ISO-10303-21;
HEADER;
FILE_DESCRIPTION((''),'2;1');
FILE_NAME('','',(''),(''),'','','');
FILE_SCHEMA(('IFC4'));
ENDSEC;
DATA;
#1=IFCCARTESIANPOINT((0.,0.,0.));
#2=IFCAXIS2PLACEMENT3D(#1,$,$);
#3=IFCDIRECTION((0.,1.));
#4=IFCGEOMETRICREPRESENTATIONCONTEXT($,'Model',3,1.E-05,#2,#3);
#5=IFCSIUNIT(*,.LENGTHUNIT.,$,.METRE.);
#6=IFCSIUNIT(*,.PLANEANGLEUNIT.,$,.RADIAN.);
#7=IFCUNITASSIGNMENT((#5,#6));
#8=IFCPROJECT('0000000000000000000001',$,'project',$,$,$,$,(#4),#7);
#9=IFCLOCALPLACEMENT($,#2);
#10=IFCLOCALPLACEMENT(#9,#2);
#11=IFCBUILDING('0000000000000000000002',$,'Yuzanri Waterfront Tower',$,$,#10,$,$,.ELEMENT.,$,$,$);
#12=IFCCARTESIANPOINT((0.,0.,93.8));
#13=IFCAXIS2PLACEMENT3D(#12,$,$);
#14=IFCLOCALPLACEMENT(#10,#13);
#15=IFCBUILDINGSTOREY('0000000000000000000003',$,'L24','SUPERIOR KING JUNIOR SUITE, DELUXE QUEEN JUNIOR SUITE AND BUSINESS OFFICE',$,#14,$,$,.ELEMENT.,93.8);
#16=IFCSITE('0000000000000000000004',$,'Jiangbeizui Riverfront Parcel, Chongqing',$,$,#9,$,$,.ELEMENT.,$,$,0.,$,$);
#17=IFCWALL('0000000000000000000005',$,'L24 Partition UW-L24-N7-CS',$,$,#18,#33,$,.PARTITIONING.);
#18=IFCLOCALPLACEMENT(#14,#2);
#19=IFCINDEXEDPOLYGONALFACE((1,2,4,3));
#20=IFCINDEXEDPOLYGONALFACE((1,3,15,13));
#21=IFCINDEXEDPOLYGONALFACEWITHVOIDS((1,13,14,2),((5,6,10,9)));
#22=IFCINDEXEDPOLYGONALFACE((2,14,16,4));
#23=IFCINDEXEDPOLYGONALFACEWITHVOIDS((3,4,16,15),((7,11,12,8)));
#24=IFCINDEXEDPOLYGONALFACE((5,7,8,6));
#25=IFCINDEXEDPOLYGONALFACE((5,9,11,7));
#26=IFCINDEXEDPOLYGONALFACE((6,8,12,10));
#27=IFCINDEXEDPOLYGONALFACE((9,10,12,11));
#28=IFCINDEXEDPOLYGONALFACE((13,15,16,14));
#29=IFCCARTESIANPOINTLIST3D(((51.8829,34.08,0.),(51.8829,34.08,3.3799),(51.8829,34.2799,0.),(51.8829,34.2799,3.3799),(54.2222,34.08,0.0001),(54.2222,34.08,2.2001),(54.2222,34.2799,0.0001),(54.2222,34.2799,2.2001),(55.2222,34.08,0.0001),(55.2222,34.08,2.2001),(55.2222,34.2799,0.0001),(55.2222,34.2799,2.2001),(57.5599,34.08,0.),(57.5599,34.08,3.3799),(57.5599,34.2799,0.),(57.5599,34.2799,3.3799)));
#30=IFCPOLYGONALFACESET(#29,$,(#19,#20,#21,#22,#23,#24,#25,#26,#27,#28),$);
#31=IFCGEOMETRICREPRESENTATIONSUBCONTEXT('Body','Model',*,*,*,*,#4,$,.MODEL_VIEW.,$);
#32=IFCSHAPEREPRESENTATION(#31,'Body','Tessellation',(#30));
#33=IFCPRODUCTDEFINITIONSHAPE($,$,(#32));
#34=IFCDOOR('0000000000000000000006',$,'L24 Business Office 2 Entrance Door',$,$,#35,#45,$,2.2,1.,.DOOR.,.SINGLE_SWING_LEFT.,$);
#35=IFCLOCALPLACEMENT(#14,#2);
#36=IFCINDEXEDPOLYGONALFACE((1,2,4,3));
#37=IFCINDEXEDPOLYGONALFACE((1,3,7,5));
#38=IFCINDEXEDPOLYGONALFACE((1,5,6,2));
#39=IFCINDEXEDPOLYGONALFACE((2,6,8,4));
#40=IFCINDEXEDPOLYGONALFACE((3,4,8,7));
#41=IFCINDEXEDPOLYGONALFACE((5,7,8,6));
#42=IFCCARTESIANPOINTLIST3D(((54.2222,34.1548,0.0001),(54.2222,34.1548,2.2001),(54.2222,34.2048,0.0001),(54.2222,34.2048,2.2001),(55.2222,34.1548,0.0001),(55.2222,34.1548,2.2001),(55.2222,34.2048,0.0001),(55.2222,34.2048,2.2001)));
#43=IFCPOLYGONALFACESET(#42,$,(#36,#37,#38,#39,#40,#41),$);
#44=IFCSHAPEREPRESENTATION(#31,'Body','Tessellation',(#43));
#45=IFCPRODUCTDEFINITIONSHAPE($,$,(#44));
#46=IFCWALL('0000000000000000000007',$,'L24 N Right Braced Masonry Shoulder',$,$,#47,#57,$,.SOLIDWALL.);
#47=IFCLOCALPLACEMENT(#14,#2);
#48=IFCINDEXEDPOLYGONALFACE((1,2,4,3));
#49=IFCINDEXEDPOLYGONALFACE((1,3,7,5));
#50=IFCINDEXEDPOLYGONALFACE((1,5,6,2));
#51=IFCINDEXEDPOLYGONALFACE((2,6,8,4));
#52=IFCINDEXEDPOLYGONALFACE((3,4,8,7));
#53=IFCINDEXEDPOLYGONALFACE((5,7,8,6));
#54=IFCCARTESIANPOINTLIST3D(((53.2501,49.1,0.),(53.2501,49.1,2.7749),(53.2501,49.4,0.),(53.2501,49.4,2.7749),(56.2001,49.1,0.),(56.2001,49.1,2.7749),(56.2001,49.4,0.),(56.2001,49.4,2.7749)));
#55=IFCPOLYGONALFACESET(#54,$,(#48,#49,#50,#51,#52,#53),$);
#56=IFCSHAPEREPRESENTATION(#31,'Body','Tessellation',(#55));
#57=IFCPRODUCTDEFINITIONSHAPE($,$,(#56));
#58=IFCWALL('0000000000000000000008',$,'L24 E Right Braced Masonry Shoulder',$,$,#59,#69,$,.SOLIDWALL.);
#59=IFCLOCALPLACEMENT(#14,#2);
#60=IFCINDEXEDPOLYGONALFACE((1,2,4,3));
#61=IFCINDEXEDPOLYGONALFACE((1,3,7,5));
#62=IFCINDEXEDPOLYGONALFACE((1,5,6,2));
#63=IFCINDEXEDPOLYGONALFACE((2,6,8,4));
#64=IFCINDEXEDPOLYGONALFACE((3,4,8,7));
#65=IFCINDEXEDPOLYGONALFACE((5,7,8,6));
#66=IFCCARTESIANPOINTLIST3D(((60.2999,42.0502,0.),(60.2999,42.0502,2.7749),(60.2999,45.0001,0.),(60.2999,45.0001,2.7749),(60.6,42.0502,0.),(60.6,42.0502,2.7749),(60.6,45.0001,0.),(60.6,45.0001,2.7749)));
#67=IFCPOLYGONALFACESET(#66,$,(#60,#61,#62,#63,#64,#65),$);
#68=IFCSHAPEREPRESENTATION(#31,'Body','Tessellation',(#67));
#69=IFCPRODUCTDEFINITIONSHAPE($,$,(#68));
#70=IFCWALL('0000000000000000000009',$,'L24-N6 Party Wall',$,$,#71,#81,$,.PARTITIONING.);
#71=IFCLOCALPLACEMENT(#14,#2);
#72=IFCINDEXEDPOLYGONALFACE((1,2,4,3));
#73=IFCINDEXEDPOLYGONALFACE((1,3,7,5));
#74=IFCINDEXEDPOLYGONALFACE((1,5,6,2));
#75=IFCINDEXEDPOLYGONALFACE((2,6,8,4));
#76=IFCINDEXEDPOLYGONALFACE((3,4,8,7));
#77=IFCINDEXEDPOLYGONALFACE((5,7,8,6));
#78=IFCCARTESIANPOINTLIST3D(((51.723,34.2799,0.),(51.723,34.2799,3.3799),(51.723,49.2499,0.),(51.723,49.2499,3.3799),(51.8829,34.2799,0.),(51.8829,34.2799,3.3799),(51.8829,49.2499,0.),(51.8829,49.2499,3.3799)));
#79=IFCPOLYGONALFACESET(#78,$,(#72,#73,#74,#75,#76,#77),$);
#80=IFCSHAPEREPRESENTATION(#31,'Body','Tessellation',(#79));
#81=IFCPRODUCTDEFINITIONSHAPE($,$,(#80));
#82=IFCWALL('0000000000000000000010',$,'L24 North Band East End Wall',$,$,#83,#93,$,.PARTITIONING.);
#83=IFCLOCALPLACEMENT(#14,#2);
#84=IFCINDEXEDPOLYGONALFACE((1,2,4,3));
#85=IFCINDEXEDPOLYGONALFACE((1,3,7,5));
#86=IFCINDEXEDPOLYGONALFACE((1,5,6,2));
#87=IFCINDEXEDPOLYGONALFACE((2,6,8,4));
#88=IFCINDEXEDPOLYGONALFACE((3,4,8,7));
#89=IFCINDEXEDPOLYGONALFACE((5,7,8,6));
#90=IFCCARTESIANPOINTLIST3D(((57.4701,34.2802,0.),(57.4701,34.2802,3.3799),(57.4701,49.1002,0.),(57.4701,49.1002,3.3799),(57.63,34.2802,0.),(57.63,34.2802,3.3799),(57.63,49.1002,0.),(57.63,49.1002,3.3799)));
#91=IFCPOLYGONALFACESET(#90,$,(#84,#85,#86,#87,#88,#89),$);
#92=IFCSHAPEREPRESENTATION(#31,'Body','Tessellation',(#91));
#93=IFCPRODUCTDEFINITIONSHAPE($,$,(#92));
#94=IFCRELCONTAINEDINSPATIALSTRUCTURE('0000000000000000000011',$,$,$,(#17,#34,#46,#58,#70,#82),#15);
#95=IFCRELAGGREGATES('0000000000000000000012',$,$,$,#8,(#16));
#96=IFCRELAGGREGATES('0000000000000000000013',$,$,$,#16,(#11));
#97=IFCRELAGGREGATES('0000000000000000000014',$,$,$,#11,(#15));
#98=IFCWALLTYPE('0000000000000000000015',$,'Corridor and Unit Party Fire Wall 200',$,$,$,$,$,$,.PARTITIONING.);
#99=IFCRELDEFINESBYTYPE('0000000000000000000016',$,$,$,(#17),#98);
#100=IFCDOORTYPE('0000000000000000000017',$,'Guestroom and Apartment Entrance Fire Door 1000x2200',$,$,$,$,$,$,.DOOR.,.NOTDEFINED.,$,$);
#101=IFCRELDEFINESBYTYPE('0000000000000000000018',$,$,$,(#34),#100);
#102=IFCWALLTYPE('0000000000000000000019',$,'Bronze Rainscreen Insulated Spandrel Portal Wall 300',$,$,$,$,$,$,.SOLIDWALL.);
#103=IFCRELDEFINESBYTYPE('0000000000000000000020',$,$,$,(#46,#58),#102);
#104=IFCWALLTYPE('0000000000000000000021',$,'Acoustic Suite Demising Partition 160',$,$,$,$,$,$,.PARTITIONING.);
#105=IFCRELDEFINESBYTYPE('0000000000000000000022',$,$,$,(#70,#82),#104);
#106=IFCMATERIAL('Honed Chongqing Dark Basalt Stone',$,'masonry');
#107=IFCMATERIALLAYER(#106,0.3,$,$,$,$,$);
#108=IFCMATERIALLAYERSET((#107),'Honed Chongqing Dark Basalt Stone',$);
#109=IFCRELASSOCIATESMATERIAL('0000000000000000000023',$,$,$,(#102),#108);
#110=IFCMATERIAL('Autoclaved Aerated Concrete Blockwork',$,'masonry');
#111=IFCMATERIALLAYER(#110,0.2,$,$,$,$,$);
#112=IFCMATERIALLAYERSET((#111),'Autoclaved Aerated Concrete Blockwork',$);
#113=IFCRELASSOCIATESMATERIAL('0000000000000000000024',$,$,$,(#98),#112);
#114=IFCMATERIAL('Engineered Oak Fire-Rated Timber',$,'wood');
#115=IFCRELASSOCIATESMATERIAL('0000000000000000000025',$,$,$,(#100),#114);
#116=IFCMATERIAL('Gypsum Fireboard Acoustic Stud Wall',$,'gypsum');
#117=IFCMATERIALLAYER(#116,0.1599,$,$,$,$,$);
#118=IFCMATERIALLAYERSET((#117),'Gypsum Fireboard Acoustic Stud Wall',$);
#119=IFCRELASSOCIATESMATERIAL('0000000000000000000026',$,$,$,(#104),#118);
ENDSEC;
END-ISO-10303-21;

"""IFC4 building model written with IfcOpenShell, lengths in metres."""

from ifc_helpers import new_model, si_unit, direction, frame, frame_2d, origin, place, context, subcontext, project, spatial, rectangle, extrude, source, transform, mapped, material, layer, layer_set, type_object, element, fill, save


model = new_model("IFC4")

# Units and contexts
model_context = context("Model", 3, precision=1e-05, world=origin(), true_north=direction((0.0, 1.0)))
body_context = subcontext(model_context, "Body", "Model", "MODEL_VIEW")
ifc_project = project(units=[si_unit("LENGTHUNIT", "METRE"), si_unit("PLANEANGLEUNIT", "RADIAN")], contexts=[model_context])

# Site, building, storey
site_placement = place(None, origin())
site = spatial("IfcSite", under=ifc_project, at=site_placement, Name="Jiangbeizui Riverfront Parcel, Chongqing", CompositionType="ELEMENT", RefElevation=0.0)
building_placement = place(site_placement, origin())
building = spatial("IfcBuilding", under=site, at=building_placement, Name="Yuzanri Waterfront Tower", CompositionType="ELEMENT")
storey_placement = place(building_placement, frame((0.0, 0.0, 93.8)))
storey = spatial("IfcBuildingStorey", under=building, at=storey_placement, Name="L24", Description="SUPERIOR KING JUNIOR SUITE, DELUXE QUEEN JUNIOR SUITE AND BUSINESS OFFICE", CompositionType="ELEMENT", Elevation=93.8)

# Shared definitions
ifc_material_1 = material(Name="Honed Chongqing Dark Basalt Stone", Category="masonry")
ifc_layer_1 = layer(ifc_material_1, 0.3)
ifc_layer_set_1 = layer_set([ifc_layer_1], Name="Honed Chongqing Dark Basalt Stone")
wall_type_1 = type_object("IfcWallType", Name="Bronze Rainscreen Insulated Spandrel Portal Wall 300", PredefinedType="SOLIDWALL", material=ifc_layer_set_1)

# Wall, opening, door
ifc_material_2 = material(Name="Autoclaved Aerated Concrete Blockwork", Category="masonry")
ifc_layer_2 = layer(ifc_material_2, 0.2)
ifc_layer_set_2 = layer_set([ifc_layer_2], Name="Autoclaved Aerated Concrete Blockwork")
wall_type_2 = type_object("IfcWallType", Name="Corridor and Unit Party Fire Wall 200", PredefinedType="PARTITIONING", material=ifc_layer_set_2)
wall_1_placement = place(storey_placement, frame((51.8831, 34.1799, 0.0), z_axis=(0.0, 0.0, 1.0), x_axis=(1.0, 0.0, 0.0)))
wall_1 = element("IfcWall", 1, at=wall_1_placement, inside=storey, type_object=wall_type_2, Name="L24 Partition UW-L24-N7-CS", PredefinedType="PARTITIONING", context=body_context, shape_type="SweptSolid", body=[
    extrude(rectangle(XDim=5.677, YDim=0.2, at=frame_2d((2.8384, 0.0))), origin(), (0.0, 0.0, 1.0), 3.3799),
])
opening_1_placement = place(wall_1_placement, frame((2.3391, 0.0, 0.0)))
opening_1 = element("IfcOpeningElement", 2, at=opening_1_placement, cuts=wall_1, PredefinedType="OPENING", context=body_context, shape_type="SweptSolid", body=[
    extrude(rectangle(XDim=1.0, YDim=2.2, at=frame_2d((0.5, 1.1001))), frame((0.0, 0.1147, 0.0), z_axis=(0.0, -1.0, 0.0), x_axis=(1.0, 0.0, 0.0)), (0.0, 0.0, 1.0), 0.2297),
])
ifc_material_3 = material(Name="Engineered Oak Fire-Rated Timber", Category="wood")
door_type = type_object("IfcDoorType", Name="Guestroom and Apartment Entrance Fire Door 1000x2200", OperationType="NOTDEFINED", PredefinedType="DOOR", material=ifc_material_3)
shared_shape_1 = source(origin(), body_context, "Body", "SweptSolid", [
    extrude(rectangle(XDim=1.0, YDim=2.2, at=frame_2d((0.5, 1.1001))), frame((0.0, 0.0249, 0.0), z_axis=(0.0, -1.0, 0.0), x_axis=(1.0, 0.0, 0.0)), (0.0, 0.0, 1.0), 0.05),
])
door_placement = place(opening_1_placement, origin())
door = element("IfcDoor", 3, at=door_placement, inside=storey, type_object=door_type, Name="L24 Business Office 2 Entrance Door", OperationType="SINGLE_SWING_LEFT", OverallHeight=2.2, OverallWidth=1.0, PredefinedType="DOOR", context=body_context, shape_type="MappedRepresentation", body=[
    mapped(shared_shape_1, transform((0.0, 0.0, 0.0), scale=1.0)),
])
fill(opening_1, door)

# Walls
shared_shape_2 = source(origin(), body_context, "Body", "SweptSolid", [
    extrude(rectangle(XDim=2.95, YDim=0.3, at=frame_2d((1.4751, 0.0))), origin(), (0.0, 0.0, 1.0), 2.7749),
])
for number, where, z_axis, x_axis, name in (
    (4, (53.25, 49.25, 0.0), (0.0, 0.0, 1.0), (1.0, 0.0, 0.0), "L24 N Right Braced Masonry Shoulder"),
    (5, (60.45, 42.05, 0.0), (0.0, 0.0, 1.0), (0.0, 1.0, 0.0), "L24 E Right Braced Masonry Shoulder"),
):
    element("IfcWall", number, at=place(storey_placement, frame(where, z_axis=z_axis, x_axis=x_axis)), inside=storey, type_object=wall_type_1, Name=name, PredefinedType="SOLIDWALL", context=body_context, shape_type="MappedRepresentation", body=[
        mapped(shared_shape_2, transform((0.0, 0.0, 0.0), scale=1.0)),
    ])
ifc_material_4 = material(Name="Gypsum Fireboard Acoustic Stud Wall", Category="gypsum")
ifc_layer_3 = layer(ifc_material_4, 0.1599)
ifc_layer_set_3 = layer_set([ifc_layer_3], Name="Gypsum Fireboard Acoustic Stud Wall")
wall_type_3 = type_object("IfcWallType", Name="Acoustic Suite Demising Partition 160", PredefinedType="PARTITIONING", material=ifc_layer_set_3)
shared_shape_3 = source(origin(), body_context, "Body", "SweptSolid", [
    extrude(rectangle(XDim=14.97, YDim=0.1599, at=frame_2d((7.4849, 0.0))), origin(), (0.0, 0.0, 1.0), 3.3799),
])
wall_2_placement = place(storey_placement, frame((51.803, 34.28, 0.0), z_axis=(0.0, 0.0, 1.0), x_axis=(0.0, 1.0, 0.0)))
element("IfcWall", 6, at=wall_2_placement, inside=storey, type_object=wall_type_3, Name="L24-N6 Party Wall", PredefinedType="PARTITIONING", context=body_context, shape_type="MappedRepresentation", body=[
    mapped(shared_shape_3, transform((0.0, 0.0, 0.0), scale=1.0)),
])
shared_shape_4 = source(origin(), body_context, "Body", "SweptSolid", [
    extrude(rectangle(XDim=14.8201, YDim=0.1599, at=frame_2d((7.4102, 0.0))), origin(), (0.0, 0.0, 1.0), 3.3799),
])
wall_3_placement = place(storey_placement, frame((57.55, 34.28, 0.0), z_axis=(0.0, 0.0, 1.0), x_axis=(0.0, 1.0, 0.0)))
element("IfcWall", 7, at=wall_3_placement, inside=storey, type_object=wall_type_3, Name="L24 North Band East End Wall", PredefinedType="PARTITIONING", context=body_context, shape_type="MappedRepresentation", body=[
    mapped(shared_shape_4, transform((0.0, 0.0, 0.0), scale=1.0)),
])

save(model, "model.ifc")
